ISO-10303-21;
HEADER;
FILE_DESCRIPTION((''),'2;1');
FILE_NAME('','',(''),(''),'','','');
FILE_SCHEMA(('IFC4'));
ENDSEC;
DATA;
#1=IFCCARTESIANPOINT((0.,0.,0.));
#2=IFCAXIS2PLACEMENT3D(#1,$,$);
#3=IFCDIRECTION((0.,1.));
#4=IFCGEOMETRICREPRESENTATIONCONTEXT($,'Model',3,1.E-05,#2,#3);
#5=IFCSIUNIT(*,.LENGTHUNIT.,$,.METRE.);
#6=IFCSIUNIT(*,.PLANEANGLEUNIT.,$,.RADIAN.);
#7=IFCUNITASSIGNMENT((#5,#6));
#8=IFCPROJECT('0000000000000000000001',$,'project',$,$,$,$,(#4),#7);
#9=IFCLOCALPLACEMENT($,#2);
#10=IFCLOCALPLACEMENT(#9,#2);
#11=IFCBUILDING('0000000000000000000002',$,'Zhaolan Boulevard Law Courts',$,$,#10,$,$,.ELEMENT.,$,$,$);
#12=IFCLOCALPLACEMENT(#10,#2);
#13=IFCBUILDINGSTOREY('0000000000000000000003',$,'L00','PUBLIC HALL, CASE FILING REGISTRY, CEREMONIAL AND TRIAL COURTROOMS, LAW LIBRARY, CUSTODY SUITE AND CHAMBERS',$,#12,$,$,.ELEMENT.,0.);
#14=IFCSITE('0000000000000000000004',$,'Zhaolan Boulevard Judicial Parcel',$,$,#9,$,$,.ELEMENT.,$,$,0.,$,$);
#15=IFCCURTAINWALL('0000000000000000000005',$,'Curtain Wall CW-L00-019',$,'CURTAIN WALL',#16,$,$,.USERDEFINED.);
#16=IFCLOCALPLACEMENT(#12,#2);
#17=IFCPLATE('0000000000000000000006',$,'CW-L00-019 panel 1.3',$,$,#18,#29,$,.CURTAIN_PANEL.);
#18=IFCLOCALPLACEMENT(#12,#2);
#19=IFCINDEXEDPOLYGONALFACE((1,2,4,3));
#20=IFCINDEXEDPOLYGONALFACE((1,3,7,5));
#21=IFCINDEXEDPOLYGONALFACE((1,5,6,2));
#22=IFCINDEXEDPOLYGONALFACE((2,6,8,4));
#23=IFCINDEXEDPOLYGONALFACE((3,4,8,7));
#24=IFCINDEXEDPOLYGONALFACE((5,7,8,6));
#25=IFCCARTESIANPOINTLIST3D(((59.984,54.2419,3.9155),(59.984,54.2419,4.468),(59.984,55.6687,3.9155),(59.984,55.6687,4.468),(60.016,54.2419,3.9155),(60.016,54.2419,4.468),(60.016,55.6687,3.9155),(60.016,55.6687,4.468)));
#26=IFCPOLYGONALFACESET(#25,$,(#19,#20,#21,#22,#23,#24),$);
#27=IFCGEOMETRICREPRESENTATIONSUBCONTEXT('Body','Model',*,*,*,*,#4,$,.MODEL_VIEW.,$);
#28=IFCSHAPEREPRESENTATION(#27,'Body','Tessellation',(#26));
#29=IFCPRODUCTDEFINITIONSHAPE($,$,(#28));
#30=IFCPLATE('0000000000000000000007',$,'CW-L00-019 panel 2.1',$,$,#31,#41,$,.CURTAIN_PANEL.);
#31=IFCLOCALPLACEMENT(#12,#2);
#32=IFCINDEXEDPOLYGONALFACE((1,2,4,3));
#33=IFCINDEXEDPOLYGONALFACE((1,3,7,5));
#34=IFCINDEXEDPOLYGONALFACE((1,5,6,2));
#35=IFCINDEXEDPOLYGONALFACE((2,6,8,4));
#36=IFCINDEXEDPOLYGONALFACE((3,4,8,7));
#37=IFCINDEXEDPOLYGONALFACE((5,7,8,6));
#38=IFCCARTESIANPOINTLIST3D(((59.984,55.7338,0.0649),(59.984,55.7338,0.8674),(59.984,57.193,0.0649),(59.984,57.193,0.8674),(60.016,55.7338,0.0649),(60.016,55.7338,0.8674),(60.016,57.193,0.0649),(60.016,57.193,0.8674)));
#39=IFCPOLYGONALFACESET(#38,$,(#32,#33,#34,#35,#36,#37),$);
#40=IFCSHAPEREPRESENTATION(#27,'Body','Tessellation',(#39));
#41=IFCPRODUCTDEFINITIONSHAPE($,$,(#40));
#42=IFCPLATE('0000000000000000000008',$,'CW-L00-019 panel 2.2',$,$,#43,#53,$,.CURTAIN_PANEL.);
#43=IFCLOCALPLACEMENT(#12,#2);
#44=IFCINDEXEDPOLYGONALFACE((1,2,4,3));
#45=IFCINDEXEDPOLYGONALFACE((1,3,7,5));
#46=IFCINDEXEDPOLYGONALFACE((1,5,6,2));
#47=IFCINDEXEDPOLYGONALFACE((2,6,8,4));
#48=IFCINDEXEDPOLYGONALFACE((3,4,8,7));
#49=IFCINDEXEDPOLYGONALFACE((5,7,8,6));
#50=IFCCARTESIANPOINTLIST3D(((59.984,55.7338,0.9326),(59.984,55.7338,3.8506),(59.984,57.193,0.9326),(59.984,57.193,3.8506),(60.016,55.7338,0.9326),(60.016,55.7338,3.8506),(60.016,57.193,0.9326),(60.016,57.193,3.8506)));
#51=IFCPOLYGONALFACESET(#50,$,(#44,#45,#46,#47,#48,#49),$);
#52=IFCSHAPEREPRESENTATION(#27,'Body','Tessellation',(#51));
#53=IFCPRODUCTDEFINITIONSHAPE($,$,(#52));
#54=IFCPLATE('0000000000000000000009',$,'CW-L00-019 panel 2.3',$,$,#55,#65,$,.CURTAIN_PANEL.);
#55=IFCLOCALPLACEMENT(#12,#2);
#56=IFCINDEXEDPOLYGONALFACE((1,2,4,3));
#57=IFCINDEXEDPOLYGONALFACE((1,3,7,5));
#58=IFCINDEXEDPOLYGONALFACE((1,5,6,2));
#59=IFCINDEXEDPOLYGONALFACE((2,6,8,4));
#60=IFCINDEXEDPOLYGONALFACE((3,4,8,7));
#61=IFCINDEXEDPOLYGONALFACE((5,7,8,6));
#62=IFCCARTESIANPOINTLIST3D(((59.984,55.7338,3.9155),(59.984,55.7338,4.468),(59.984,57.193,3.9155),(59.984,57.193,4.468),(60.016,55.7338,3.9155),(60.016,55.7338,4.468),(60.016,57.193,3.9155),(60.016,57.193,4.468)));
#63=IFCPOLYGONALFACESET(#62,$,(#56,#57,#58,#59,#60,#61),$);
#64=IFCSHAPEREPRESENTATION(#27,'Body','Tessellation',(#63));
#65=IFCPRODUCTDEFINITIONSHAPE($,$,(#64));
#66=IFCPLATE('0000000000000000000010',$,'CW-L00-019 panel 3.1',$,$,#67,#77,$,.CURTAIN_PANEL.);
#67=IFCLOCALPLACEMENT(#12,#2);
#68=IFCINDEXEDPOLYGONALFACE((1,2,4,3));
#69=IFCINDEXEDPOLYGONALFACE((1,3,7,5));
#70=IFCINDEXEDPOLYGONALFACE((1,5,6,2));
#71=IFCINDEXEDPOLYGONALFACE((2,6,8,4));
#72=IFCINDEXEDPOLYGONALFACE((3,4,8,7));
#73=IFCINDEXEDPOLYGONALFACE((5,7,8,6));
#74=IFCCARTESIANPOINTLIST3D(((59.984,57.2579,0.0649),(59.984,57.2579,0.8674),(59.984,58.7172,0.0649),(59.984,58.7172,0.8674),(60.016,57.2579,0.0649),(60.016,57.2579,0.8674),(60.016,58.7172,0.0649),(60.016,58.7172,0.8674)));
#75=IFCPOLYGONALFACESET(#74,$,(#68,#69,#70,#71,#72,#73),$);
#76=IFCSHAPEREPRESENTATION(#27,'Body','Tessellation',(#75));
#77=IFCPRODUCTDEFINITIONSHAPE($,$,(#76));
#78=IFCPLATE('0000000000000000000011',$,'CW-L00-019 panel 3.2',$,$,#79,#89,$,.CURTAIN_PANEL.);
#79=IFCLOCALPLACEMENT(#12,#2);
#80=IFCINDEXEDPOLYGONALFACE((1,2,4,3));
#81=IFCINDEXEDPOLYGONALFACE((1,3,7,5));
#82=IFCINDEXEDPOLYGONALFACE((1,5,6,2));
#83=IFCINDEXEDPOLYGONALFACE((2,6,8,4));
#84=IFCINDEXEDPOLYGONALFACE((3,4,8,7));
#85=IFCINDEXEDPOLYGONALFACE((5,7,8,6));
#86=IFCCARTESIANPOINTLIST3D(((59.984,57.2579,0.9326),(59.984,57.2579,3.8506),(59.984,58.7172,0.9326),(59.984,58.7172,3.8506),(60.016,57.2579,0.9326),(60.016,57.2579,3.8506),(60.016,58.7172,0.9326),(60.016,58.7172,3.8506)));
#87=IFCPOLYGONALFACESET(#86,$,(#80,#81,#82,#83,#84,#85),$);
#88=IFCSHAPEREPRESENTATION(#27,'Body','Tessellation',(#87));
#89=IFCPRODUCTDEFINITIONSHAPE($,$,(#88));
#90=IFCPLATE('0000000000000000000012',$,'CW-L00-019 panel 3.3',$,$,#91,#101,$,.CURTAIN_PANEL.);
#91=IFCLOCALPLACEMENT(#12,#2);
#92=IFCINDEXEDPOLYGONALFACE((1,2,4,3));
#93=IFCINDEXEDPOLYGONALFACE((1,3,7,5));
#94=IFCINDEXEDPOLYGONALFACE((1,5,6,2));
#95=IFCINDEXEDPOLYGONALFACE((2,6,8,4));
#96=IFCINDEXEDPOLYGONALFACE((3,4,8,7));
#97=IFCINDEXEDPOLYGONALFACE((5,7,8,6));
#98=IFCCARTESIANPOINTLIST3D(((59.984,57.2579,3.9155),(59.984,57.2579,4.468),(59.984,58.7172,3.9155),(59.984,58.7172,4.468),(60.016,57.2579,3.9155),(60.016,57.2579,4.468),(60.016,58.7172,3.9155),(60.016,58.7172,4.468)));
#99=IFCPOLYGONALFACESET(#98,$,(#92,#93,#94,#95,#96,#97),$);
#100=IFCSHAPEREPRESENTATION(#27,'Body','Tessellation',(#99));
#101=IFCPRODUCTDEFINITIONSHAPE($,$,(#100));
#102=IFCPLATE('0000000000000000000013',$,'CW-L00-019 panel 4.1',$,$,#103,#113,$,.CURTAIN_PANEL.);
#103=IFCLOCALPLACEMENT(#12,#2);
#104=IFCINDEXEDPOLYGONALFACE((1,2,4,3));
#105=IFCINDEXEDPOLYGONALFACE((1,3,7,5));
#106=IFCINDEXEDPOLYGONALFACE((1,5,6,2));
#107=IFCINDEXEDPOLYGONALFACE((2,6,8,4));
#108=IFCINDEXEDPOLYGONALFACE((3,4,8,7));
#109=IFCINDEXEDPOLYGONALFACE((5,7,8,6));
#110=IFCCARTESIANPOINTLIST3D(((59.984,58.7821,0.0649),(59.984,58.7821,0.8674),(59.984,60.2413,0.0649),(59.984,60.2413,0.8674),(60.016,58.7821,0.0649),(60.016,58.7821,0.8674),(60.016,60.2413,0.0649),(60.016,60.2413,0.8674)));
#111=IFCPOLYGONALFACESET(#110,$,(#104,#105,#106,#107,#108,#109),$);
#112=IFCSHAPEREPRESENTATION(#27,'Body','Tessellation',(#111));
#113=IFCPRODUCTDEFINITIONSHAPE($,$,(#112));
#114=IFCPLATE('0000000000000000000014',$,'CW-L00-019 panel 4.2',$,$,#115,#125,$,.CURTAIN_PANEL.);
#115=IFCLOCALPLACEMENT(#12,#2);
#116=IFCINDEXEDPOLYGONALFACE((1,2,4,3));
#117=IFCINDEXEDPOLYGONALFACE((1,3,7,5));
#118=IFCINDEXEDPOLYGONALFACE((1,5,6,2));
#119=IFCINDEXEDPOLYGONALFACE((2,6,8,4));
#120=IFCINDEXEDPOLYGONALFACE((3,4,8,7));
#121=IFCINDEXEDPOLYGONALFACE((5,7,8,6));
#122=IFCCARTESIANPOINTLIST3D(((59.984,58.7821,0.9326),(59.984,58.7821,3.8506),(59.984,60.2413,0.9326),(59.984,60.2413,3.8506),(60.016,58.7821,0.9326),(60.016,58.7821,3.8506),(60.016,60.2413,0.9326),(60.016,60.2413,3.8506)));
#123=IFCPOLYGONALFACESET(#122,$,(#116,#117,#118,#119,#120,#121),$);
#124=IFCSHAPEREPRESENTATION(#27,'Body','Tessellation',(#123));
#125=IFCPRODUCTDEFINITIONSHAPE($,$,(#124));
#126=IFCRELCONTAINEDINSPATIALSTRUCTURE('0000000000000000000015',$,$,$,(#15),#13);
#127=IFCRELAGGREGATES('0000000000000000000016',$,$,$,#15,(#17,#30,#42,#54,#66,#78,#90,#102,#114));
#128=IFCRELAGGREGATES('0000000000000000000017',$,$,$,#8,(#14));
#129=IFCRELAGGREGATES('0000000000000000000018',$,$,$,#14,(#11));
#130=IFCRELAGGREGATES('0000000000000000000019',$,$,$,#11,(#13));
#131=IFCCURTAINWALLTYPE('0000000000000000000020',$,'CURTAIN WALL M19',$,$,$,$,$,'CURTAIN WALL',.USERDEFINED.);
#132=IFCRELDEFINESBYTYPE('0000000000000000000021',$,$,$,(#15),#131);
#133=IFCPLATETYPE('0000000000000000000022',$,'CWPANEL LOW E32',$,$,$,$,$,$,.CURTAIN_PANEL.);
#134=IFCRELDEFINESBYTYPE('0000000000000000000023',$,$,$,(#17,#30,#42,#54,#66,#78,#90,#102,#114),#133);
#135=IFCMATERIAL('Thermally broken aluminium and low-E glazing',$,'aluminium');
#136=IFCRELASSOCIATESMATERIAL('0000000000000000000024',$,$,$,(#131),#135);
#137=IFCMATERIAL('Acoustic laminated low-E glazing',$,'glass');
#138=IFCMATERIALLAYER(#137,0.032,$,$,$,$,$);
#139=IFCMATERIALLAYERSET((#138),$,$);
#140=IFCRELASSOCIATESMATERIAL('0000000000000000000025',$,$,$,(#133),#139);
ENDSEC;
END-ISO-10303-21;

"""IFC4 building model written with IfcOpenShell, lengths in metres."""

from ifc_helpers import new_model, si_unit, direction, frame, origin, origin_2d, place, context, subcontext, project, spatial, rectangle, extrude, material, layer, layer_set, type_object, element, aggregate, save


model = new_model("IFC4")

# Units and contexts
model_context = context("Model", 3, precision=1e-05, world=origin(), true_north=direction((0.0, 1.0)))
body_context = subcontext(model_context, "Body", "Model", "MODEL_VIEW")
ifc_project = project(units=[si_unit("LENGTHUNIT", "METRE"), si_unit("PLANEANGLEUNIT", "RADIAN")], contexts=[model_context])

# Site, building, storey
site_placement = place(None, origin())
site = spatial("IfcSite", under=ifc_project, at=site_placement, Name="Zhaolan Boulevard Judicial Parcel", CompositionType="ELEMENT", RefElevation=0.0)
building_placement = place(site_placement, origin())
building = spatial("IfcBuilding", under=site, at=building_placement, Name="Zhaolan Boulevard Law Courts", CompositionType="ELEMENT")
storey_placement = place(building_placement, origin())
storey = spatial("IfcBuildingStorey", under=building, at=storey_placement, Name="L00", Description="PUBLIC HALL, CASE FILING REGISTRY, CEREMONIAL AND TRIAL COURTROOMS, LAW LIBRARY, CUSTODY SUITE AND CHAMBERS", CompositionType="ELEMENT", Elevation=0.0)

# Curtain wall, plates
ifc_material_1 = material(Name="Thermally broken aluminium and low-E glazing", Category="aluminium")
curtain_wall_type = type_object("IfcCurtainWallType", Name="CURTAIN WALL M19", ElementType="CURTAIN WALL", PredefinedType="USERDEFINED", material=ifc_material_1)
curtain_wall_placement = place(storey_placement, origin())
curtain_wall = element("IfcCurtainWall", 1, at=curtain_wall_placement, inside=storey, type_object=curtain_wall_type, Name="Curtain Wall CW-L00-019", ObjectType="CURTAIN WALL", PredefinedType="USERDEFINED")
ifc_material_2 = material(Name="Acoustic laminated low-E glazing", Category="glass")
ifc_layer = layer(ifc_material_2, 0.032)
ifc_layer_set = layer_set([ifc_layer])
plate_type = type_object("IfcPlateType", Name="CWPANEL LOW E32", PredefinedType="CURTAIN_PANEL", material=ifc_layer_set)
plate_1_placement = place(storey_placement, frame((60.0, 54.9553, 3.9155), z_axis=(0.0, 0.0, 1.0), x_axis=(0.0, 1.0, 0.0)))
plate_1 = element("IfcPlate", 2, at=plate_1_placement, type_object=plate_type, Name="CW-L00-019 panel 1.3", PredefinedType="CURTAIN_PANEL", context=body_context, shape_type="SweptSolid", body=[
    extrude(rectangle(XDim=1.4268, YDim=0.032, at=origin_2d()), origin(), (0.0, 0.0, 1.0), 0.5525),
])
plate_2_placement = place(storey_placement, frame((60.0, 56.4634, 0.0649), z_axis=(0.0, 0.0, 1.0), x_axis=(0.0, 1.0, 0.0)))
plate_2 = element("IfcPlate", 3, at=plate_2_placement, type_object=plate_type, Name="CW-L00-019 panel 2.1", PredefinedType="CURTAIN_PANEL", context=body_context, shape_type="SweptSolid", body=[
    extrude(rectangle(XDim=1.4592, YDim=0.032, at=origin_2d()), origin(), (0.0, 0.0, 1.0), 0.8025),
])
plate_3_placement = place(storey_placement, frame((60.0, 56.4634, 0.9326), z_axis=(0.0, 0.0, 1.0), x_axis=(0.0, 1.0, 0.0)))
plate_3 = element("IfcPlate", 4, at=plate_3_placement, type_object=plate_type, Name="CW-L00-019 panel 2.2", PredefinedType="CURTAIN_PANEL", context=body_context, shape_type="SweptSolid", body=[
    extrude(rectangle(XDim=1.4592, YDim=0.032, at=origin_2d()), origin(), (0.0, 0.0, 1.0), 2.918),
])
plate_4_placement = place(storey_placement, frame((60.0, 56.4634, 3.9155), z_axis=(0.0, 0.0, 1.0), x_axis=(0.0, 1.0, 0.0)))
plate_4 = element("IfcPlate", 5, at=plate_4_placement, type_object=plate_type, Name="CW-L00-019 panel 2.3", PredefinedType="CURTAIN_PANEL", context=body_context, shape_type="SweptSolid", body=[
    extrude(rectangle(XDim=1.4592, YDim=0.032, at=origin_2d()), origin(), (0.0, 0.0, 1.0), 0.5525),
])
plate_5_placement = place(storey_placement, frame((60.0, 57.9875, 0.0649), z_axis=(0.0, 0.0, 1.0), x_axis=(0.0, 1.0, 0.0)))
plate_5 = element("IfcPlate", 6, at=plate_5_placement, type_object=plate_type, Name="CW-L00-019 panel 3.1", PredefinedType="CURTAIN_PANEL", context=body_context, shape_type="SweptSolid", body=[
    extrude(rectangle(XDim=1.4592, YDim=0.032, at=origin_2d()), origin(), (0.0, 0.0, 1.0), 0.8025),
])
plate_6_placement = place(storey_placement, frame((60.0, 57.9875, 0.9326), z_axis=(0.0, 0.0, 1.0), x_axis=(0.0, 1.0, 0.0)))
plate_6 = element("IfcPlate", 7, at=plate_6_placement, type_object=plate_type, Name="CW-L00-019 panel 3.2", PredefinedType="CURTAIN_PANEL", context=body_context, shape_type="SweptSolid", body=[
    extrude(rectangle(XDim=1.4592, YDim=0.032, at=origin_2d()), origin(), (0.0, 0.0, 1.0), 2.918),
])
plate_7_placement = place(storey_placement, frame((60.0, 57.9875, 3.9155), z_axis=(0.0, 0.0, 1.0), x_axis=(0.0, 1.0, 0.0)))
plate_7 = element("IfcPlate", 8, at=plate_7_placement, type_object=plate_type, Name="CW-L00-019 panel 3.3", PredefinedType="CURTAIN_PANEL", context=body_context, shape_type="SweptSolid", body=[
    extrude(rectangle(XDim=1.4592, YDim=0.032, at=origin_2d()), origin(), (0.0, 0.0, 1.0), 0.5525),
])
plate_8_placement = place(storey_placement, frame((60.0, 59.5117, 0.0649), z_axis=(0.0, 0.0, 1.0), x_axis=(0.0, 1.0, 0.0)))
plate_8 = element("IfcPlate", 9, at=plate_8_placement, type_object=plate_type, Name="CW-L00-019 panel 4.1", PredefinedType="CURTAIN_PANEL", context=body_context, shape_type="SweptSolid", body=[
    extrude(rectangle(XDim=1.4592, YDim=0.032, at=origin_2d()), origin(), (0.0, 0.0, 1.0), 0.8025),
])
plate_9_placement = place(storey_placement, frame((60.0, 59.5117, 0.9326), z_axis=(0.0, 0.0, 1.0), x_axis=(0.0, 1.0, 0.0)))
plate_9 = element("IfcPlate", 10, at=plate_9_placement, type_object=plate_type, Name="CW-L00-019 panel 4.2", PredefinedType="CURTAIN_PANEL", context=body_context, shape_type="SweptSolid", body=[
    extrude(rectangle(XDim=1.4592, YDim=0.032, at=origin_2d()), origin(), (0.0, 0.0, 1.0), 2.918),
])
aggregate(curtain_wall, [plate_1, plate_2, plate_3, plate_4, plate_5, plate_6, plate_7, plate_8, plate_9])

save(model, "model.ifc")
